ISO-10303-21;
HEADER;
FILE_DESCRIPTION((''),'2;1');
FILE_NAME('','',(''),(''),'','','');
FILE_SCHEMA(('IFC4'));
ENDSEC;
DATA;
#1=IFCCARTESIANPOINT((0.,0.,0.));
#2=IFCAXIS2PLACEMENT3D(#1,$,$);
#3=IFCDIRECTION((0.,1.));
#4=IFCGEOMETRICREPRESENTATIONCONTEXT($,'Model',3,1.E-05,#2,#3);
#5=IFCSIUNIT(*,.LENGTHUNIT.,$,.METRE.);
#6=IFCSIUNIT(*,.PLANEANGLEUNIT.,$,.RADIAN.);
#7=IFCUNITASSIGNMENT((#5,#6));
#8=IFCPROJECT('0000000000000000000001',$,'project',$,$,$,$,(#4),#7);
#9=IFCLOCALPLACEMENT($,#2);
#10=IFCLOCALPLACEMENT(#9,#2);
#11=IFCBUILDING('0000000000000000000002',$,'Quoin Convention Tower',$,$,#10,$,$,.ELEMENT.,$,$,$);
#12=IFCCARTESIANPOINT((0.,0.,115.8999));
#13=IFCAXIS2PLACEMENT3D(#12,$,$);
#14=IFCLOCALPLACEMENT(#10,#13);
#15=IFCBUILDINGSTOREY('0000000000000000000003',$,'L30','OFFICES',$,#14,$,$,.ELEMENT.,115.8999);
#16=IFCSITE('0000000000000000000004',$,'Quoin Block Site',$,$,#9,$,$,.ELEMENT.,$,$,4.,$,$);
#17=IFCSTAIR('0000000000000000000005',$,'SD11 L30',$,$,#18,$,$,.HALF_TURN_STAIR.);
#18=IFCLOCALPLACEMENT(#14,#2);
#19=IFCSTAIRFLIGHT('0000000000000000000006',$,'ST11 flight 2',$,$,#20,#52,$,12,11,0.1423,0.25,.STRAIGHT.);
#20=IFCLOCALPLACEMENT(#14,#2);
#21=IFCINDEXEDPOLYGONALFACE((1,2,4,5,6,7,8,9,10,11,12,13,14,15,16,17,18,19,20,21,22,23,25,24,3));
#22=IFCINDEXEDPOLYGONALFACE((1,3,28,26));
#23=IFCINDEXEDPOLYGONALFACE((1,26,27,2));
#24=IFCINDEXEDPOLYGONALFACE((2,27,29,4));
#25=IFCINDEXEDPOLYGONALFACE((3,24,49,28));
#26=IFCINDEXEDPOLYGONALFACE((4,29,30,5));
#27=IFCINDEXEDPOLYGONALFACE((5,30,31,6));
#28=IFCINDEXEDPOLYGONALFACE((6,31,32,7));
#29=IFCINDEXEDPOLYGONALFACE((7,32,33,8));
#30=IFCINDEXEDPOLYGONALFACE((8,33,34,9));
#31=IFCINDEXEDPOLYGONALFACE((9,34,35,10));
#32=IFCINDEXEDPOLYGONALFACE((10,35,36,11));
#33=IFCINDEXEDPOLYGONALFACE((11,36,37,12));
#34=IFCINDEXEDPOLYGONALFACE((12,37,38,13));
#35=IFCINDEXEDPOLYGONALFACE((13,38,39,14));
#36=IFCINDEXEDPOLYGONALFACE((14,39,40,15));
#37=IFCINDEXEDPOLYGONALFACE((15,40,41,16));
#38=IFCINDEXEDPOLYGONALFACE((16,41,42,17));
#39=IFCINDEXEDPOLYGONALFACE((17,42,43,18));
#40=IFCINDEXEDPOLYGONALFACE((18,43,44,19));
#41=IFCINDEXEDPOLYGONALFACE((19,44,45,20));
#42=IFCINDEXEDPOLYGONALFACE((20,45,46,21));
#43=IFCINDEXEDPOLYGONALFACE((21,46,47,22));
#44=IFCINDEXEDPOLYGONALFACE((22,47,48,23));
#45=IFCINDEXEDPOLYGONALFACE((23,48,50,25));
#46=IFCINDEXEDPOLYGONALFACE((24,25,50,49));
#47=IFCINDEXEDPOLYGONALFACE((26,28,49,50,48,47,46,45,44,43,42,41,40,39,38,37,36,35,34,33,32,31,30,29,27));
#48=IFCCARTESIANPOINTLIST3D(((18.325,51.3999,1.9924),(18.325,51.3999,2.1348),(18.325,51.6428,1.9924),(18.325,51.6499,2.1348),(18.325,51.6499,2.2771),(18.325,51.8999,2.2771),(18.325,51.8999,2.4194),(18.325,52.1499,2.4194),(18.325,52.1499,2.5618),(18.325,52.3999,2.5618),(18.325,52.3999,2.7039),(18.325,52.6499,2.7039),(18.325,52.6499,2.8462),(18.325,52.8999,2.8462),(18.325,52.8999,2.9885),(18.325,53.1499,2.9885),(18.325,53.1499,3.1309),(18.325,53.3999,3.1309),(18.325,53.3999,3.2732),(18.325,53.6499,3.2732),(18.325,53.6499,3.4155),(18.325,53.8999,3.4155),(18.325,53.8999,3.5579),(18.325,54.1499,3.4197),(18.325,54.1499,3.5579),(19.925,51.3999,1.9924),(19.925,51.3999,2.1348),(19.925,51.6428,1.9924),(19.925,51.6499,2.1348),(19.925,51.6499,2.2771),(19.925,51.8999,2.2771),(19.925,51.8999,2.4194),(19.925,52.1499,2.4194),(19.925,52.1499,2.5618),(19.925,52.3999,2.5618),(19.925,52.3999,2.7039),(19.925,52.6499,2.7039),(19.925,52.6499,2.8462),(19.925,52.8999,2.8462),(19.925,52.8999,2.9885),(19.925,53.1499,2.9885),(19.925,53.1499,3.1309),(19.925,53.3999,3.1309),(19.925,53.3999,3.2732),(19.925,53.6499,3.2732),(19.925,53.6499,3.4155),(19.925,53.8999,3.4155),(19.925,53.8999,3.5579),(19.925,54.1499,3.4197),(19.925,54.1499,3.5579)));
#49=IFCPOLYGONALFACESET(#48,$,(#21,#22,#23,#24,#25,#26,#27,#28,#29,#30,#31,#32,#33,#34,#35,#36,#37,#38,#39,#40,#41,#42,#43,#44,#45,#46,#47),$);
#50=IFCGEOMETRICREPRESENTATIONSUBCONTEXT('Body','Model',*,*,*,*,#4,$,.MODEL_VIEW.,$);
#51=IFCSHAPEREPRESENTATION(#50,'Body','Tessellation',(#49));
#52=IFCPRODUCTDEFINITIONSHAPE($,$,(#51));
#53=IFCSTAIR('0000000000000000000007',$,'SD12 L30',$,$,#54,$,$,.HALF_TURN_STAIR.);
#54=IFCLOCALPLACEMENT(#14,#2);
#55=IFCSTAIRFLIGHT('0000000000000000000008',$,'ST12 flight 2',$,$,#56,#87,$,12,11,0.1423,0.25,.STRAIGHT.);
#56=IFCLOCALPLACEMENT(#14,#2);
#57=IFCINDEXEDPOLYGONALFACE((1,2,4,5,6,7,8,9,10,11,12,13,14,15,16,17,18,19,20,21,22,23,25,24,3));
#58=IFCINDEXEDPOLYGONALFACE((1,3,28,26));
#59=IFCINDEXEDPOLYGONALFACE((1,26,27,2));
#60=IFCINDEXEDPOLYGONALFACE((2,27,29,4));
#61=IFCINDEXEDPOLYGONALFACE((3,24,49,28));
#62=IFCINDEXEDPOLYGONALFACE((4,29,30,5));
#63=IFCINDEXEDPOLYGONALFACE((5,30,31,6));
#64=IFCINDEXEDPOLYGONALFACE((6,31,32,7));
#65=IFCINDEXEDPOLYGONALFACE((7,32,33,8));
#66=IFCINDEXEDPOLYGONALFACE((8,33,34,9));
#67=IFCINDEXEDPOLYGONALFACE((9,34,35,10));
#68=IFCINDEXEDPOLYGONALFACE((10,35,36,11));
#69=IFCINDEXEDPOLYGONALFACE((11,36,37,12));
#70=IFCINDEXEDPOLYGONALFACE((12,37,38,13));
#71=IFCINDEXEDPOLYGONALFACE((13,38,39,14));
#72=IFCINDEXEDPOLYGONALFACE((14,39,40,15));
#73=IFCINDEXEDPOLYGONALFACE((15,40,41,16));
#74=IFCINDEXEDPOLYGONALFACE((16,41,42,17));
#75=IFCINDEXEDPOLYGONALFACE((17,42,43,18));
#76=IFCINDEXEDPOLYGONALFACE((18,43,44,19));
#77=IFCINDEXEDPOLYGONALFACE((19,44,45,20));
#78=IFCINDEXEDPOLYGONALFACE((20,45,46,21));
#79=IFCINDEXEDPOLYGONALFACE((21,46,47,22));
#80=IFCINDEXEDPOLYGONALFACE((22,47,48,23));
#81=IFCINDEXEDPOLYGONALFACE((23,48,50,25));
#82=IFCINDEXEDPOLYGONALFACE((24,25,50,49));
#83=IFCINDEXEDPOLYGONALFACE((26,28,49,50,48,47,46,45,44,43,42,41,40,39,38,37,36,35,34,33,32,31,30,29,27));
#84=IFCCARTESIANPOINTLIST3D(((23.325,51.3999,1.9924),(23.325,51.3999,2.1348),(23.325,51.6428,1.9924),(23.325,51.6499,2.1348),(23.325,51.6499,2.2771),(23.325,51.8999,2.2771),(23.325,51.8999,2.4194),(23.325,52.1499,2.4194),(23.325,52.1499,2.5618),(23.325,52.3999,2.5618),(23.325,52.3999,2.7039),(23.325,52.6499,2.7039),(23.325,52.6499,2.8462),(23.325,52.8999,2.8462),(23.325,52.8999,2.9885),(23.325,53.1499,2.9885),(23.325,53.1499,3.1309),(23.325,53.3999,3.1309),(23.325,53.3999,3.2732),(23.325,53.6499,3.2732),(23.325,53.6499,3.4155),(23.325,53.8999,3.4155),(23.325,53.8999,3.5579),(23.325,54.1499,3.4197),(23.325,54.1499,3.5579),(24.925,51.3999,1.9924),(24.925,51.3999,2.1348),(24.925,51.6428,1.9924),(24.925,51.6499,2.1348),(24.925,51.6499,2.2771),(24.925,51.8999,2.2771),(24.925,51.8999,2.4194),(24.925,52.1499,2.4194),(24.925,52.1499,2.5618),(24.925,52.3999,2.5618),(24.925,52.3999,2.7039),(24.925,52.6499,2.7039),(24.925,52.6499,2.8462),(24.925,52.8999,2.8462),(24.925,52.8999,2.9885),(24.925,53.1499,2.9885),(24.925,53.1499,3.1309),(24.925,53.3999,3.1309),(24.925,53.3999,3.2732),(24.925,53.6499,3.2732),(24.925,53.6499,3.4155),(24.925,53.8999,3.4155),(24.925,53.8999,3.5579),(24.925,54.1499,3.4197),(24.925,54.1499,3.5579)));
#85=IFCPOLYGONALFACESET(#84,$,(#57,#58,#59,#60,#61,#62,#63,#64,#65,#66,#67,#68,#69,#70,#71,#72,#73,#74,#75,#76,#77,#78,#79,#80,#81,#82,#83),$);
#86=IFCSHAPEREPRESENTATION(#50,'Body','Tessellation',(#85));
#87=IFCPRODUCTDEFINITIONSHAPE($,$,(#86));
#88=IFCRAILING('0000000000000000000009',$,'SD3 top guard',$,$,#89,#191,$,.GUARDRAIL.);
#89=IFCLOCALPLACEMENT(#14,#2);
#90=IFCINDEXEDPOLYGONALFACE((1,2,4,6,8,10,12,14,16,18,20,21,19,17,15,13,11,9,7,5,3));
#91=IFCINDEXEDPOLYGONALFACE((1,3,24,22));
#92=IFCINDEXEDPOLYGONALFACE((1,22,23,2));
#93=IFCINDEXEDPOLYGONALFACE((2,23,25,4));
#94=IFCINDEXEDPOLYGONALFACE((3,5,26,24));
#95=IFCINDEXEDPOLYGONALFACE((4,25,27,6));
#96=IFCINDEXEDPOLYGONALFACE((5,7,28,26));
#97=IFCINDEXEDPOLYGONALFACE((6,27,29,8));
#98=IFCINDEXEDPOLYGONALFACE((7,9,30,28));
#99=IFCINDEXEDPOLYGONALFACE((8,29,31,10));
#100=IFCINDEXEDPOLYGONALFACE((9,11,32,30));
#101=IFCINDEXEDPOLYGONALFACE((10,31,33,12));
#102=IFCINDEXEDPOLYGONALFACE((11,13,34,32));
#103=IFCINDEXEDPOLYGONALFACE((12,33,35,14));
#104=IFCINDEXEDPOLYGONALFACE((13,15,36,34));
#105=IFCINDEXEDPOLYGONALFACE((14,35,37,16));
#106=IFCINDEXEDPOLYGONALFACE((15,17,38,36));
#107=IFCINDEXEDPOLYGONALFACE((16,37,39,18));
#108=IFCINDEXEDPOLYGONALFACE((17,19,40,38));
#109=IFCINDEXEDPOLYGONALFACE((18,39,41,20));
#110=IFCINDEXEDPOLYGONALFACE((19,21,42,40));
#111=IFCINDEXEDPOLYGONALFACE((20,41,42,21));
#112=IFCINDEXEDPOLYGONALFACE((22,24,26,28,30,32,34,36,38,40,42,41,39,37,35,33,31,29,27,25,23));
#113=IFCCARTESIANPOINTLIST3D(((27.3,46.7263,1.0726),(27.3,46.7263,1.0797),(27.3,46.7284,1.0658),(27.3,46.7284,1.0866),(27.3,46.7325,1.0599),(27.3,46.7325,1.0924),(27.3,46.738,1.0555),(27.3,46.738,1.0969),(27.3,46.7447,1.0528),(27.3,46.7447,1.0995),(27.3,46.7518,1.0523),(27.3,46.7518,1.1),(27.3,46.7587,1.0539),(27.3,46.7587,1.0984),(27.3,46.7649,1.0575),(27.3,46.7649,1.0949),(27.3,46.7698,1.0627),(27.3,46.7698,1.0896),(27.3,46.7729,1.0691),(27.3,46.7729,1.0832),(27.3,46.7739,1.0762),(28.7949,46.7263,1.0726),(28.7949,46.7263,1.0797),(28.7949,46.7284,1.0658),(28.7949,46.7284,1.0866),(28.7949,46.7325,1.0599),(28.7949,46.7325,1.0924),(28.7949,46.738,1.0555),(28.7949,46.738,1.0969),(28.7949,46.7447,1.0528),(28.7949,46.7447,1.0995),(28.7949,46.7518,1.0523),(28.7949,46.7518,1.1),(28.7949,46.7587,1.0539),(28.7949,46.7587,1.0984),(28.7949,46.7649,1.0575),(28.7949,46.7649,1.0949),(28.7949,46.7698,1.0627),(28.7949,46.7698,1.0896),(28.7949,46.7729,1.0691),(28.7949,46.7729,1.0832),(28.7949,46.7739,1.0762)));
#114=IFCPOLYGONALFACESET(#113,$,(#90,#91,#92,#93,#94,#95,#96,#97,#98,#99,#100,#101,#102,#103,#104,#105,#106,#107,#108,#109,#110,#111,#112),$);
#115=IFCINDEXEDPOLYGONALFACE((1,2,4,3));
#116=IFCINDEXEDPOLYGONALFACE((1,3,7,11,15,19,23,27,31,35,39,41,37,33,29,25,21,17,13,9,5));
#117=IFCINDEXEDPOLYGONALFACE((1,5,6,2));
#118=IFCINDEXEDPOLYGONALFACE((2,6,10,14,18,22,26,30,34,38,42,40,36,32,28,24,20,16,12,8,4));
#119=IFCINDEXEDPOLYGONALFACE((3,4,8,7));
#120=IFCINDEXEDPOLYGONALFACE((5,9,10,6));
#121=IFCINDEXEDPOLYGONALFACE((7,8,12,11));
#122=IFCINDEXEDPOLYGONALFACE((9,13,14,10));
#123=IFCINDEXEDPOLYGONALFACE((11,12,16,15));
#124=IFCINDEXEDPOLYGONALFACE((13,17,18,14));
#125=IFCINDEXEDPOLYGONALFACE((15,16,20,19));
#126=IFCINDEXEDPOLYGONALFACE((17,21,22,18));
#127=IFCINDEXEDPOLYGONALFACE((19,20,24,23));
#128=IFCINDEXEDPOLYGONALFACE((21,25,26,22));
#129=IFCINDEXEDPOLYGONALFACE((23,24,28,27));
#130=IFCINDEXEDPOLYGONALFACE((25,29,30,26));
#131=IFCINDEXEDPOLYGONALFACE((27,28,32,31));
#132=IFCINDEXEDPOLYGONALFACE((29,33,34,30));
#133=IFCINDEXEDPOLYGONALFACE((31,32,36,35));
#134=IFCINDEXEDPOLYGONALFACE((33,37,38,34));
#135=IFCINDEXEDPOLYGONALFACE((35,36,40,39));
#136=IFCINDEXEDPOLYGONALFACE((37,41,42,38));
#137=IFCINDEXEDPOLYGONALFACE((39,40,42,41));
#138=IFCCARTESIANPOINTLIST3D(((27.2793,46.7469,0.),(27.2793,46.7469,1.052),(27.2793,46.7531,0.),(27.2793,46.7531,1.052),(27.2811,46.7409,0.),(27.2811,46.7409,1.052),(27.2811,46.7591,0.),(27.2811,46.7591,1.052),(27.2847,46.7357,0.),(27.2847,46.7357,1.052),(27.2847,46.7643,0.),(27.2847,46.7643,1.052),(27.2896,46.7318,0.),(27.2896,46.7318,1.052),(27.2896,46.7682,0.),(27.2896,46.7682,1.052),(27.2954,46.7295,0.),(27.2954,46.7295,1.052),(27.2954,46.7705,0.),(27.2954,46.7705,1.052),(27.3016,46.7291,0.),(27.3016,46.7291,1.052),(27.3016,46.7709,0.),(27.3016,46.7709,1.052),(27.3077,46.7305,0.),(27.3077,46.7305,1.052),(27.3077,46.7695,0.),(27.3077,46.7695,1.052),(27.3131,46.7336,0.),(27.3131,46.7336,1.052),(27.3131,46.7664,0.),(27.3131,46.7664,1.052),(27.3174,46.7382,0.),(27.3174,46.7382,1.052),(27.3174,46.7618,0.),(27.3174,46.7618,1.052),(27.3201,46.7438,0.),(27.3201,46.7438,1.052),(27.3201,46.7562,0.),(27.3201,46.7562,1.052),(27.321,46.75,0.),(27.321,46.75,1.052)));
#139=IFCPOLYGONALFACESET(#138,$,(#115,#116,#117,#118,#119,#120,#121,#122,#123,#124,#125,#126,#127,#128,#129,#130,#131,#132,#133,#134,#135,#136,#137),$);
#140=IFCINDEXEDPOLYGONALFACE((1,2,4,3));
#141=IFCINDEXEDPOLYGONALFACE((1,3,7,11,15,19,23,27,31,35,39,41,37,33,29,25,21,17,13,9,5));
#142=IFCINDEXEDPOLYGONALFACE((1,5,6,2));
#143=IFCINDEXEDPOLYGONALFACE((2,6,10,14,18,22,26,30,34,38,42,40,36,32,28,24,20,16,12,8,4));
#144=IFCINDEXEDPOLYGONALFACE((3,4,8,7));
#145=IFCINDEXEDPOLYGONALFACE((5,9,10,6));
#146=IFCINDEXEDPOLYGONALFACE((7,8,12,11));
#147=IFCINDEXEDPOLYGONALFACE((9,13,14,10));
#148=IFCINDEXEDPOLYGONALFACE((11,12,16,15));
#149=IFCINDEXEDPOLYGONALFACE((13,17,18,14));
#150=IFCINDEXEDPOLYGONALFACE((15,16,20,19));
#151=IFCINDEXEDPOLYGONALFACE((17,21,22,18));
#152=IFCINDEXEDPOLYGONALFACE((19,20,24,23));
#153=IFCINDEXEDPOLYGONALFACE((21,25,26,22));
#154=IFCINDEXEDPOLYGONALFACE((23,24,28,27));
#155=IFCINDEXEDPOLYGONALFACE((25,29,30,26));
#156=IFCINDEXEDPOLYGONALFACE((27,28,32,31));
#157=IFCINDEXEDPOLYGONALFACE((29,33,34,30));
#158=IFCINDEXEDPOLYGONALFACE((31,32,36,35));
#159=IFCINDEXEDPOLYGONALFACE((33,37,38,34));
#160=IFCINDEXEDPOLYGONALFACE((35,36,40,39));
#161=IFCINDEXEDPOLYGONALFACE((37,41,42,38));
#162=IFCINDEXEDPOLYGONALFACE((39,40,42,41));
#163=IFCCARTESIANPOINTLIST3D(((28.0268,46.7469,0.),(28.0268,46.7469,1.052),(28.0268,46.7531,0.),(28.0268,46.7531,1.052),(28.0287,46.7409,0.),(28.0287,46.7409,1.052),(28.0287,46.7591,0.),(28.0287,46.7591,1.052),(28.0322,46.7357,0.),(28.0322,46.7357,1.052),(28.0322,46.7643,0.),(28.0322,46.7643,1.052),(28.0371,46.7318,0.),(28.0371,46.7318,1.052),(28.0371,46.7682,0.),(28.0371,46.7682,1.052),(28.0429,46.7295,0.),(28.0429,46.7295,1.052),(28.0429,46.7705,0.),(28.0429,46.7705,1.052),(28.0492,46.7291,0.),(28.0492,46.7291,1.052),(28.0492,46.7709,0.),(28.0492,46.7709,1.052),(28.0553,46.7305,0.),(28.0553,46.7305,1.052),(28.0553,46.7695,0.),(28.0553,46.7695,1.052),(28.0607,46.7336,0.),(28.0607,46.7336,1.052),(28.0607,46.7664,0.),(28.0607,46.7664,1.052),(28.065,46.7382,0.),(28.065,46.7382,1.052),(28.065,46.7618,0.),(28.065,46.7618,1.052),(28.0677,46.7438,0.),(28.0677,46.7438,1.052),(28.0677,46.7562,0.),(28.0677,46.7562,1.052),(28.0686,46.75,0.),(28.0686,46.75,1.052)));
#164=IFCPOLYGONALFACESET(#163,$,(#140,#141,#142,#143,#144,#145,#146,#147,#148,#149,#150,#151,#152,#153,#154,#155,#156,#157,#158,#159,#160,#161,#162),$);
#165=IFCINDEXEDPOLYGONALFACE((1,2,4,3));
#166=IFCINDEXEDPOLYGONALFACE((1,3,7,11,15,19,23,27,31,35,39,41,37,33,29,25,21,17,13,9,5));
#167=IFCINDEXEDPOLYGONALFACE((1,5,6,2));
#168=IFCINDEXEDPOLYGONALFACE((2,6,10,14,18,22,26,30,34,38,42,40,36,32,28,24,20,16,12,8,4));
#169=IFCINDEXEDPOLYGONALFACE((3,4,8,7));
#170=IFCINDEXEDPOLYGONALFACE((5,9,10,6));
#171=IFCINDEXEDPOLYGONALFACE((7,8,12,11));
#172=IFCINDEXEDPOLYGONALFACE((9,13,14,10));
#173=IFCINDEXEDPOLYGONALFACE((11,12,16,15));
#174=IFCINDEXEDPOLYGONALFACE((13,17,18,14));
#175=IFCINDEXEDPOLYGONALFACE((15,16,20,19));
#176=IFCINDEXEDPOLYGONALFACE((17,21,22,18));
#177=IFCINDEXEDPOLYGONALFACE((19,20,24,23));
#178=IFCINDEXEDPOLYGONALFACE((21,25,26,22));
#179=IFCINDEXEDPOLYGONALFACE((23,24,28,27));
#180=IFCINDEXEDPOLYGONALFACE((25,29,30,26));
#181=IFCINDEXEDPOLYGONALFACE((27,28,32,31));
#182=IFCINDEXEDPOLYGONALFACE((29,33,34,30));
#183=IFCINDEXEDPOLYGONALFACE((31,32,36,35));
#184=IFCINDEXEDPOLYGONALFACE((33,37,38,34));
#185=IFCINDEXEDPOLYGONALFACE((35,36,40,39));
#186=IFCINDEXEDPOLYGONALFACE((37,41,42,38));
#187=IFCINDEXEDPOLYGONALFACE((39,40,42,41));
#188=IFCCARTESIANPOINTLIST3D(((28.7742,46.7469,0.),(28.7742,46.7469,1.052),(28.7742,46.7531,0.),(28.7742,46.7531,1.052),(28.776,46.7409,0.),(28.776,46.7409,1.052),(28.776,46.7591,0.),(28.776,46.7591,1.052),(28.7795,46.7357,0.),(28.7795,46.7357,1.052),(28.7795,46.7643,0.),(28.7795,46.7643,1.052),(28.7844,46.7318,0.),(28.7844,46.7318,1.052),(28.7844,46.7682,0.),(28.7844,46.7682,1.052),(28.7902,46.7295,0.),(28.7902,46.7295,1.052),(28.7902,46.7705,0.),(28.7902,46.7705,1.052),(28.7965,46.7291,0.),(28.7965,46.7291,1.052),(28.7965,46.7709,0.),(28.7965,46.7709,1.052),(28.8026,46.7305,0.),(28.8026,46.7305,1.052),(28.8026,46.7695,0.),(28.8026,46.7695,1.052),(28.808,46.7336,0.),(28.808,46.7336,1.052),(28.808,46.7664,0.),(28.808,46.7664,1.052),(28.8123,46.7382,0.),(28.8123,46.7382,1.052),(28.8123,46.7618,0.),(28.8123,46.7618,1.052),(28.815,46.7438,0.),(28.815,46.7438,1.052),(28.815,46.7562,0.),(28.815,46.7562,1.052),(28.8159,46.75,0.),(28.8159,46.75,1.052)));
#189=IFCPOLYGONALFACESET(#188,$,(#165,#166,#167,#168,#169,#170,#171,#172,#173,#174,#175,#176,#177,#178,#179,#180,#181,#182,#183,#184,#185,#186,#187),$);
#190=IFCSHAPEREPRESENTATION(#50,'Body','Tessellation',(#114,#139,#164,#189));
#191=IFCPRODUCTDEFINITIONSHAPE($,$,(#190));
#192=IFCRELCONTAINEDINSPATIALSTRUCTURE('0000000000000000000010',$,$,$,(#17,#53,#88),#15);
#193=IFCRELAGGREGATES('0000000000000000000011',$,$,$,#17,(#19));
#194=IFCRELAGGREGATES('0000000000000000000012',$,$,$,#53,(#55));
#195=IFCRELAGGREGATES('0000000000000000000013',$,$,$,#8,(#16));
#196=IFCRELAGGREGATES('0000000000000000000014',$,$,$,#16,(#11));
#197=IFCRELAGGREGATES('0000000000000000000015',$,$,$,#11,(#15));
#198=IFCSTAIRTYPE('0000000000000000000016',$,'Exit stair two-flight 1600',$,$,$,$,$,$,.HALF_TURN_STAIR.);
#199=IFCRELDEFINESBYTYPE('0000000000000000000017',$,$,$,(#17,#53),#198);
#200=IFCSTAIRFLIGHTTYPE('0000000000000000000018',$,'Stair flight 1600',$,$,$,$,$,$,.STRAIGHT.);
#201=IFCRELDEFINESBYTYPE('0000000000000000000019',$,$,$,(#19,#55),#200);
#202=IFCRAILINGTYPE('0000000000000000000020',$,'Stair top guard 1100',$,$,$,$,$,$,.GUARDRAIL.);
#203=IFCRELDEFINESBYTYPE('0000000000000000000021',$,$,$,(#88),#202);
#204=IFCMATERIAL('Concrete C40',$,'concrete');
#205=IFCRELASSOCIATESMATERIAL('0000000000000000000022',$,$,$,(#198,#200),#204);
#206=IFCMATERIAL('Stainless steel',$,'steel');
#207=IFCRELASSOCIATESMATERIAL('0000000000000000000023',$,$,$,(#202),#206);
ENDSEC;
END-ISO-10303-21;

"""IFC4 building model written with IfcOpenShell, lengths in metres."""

from ifc_helpers import new_model, si_unit, direction, frame, origin, origin_2d, place, context, subcontext, project, spatial, polyline, circle, outline, extrude, material, type_object, element, aggregate, save


model = new_model("IFC4")

# Units and contexts
model_context = context("Model", 3, precision=1e-05, world=origin(), true_north=direction((0.0, 1.0)))
body_context = subcontext(model_context, "Body", "Model", "MODEL_VIEW")
ifc_project = project(units=[si_unit("LENGTHUNIT", "METRE"), si_unit("PLANEANGLEUNIT", "RADIAN")], contexts=[model_context])

# Site, building, storey
site_placement = place(None, origin())
site = spatial("IfcSite", under=ifc_project, at=site_placement, Name="Quoin Block Site", CompositionType="ELEMENT", RefElevation=4.0)
building_placement = place(site_placement, origin())
building = spatial("IfcBuilding", under=site, at=building_placement, Name="Quoin Convention Tower", CompositionType="ELEMENT")
storey_placement = place(building_placement, frame((0.0, 0.0, 115.8999)))
storey = spatial("IfcBuildingStorey", under=building, at=storey_placement, Name="L30", Description="OFFICES", CompositionType="ELEMENT", Elevation=115.8999)

# Shared definitions
ifc_material_1 = material(Name="Concrete C40", Category="concrete")

# Stairs, stair flights
stair_type_1 = type_object("IfcStairType", Name="Exit stair two-flight 1600", PredefinedType="HALF_TURN_STAIR", material=ifc_material_1)
stair_1_placement = place(storey_placement, origin())
stair_1 = element("IfcStair", 1, at=stair_1_placement, inside=storey, type_object=stair_type_1, Name="SD11 L30", PredefinedType="HALF_TURN_STAIR")
stair_flight_type_1 = type_object("IfcStairFlightType", Name="Stair flight 1600", PredefinedType="STRAIGHT", material=ifc_material_1)
stair_flight_1_placement = place(storey_placement, frame((19.125, 51.3999, 1.9924), z_axis=(0.0, 0.0, 1.0), x_axis=(0.0, 1.0, 0.0)))
stair_flight_1 = element("IfcStairFlight", 2, at=stair_flight_1_placement, type_object=stair_flight_type_1, Name="ST11 flight 2", NumberOfRisers=12, NumberOfTreads=11, PredefinedType="STRAIGHT", RiserHeight=0.1423, TreadLength=0.25, context=body_context, shape_type="SweptSolid", body=[
    extrude(outline(polyline([(0.0, 0.0), (0.0, 0.1423), (0.25, 0.1423), (0.25, 0.2847), (0.5, 0.2847), (0.5, 0.427), (0.75, 0.427), (0.75, 0.5693), (1.0, 0.5693), (1.0, 0.7114), (1.25, 0.7114), (1.25, 0.8538), (1.5, 0.8538), (1.5, 0.9961), (1.75, 0.9961), (1.75, 1.1384), (2.0, 1.1384), (2.0, 1.2808), (2.25, 1.2808), (2.25, 1.4231), (2.5, 1.4231), (2.5, 1.5654), (2.75, 1.5654), (2.75, 1.7078), (2.75, 1.4272), (0.2429, 0.0), (0.0, 0.0)])), frame((0.0, 0.8, 0.0), z_axis=(0.0, -1.0, 0.0), x_axis=(1.0, 0.0, 0.0)), (0.0, 0.0, 1.0), 1.6001),
])
aggregate(stair_1, [stair_flight_1])
stair_2_placement = place(storey_placement, origin())
stair_2 = element("IfcStair", 3, at=stair_2_placement, inside=storey, type_object=stair_type_1, Name="SD12 L30", PredefinedType="HALF_TURN_STAIR")
stair_flight_2_placement = place(storey_placement, frame((24.125, 51.3999, 1.9924), z_axis=(0.0, 0.0, 1.0), x_axis=(0.0, 1.0, 0.0)))
stair_flight_2 = element("IfcStairFlight", 4, at=stair_flight_2_placement, type_object=stair_flight_type_1, Name="ST12 flight 2", NumberOfRisers=12, NumberOfTreads=11, PredefinedType="STRAIGHT", RiserHeight=0.1423, TreadLength=0.25, context=body_context, shape_type="SweptSolid", body=[
    extrude(outline(polyline([(0.0, 0.0), (0.0, 0.1423), (0.25, 0.1423), (0.25, 0.2847), (0.5, 0.2847), (0.5, 0.427), (0.75, 0.427), (0.75, 0.5693), (1.0, 0.5693), (1.0, 0.7114), (1.25, 0.7114), (1.25, 0.8538), (1.5, 0.8538), (1.5, 0.9961), (1.75, 0.9961), (1.75, 1.1384), (2.0, 1.1384), (2.0, 1.2808), (2.25, 1.2808), (2.25, 1.4231), (2.5, 1.4231), (2.5, 1.5654), (2.75, 1.5654), (2.75, 1.7078), (2.75, 1.4272), (0.2429, 0.0), (0.0, 0.0)])), frame((0.0, 0.8, 0.0), z_axis=(0.0, -1.0, 0.0), x_axis=(1.0, 0.0, 0.0)), (0.0, 0.0, 1.0), 1.6001),
])
aggregate(stair_2, [stair_flight_2])

# Railing
ifc_material_2 = material(Name="Stainless steel", Category="steel")
railing_type_1 = type_object("IfcRailingType", Name="Stair top guard 1100", PredefinedType="GUARDRAIL", material=ifc_material_2)
railing_1_placement = place(storey_placement, frame((27.3, 46.75, 0.0)))
element("IfcRailing", 5, at=railing_1_placement, inside=storey, type_object=railing_type_1, Name="SD3 top guard", PredefinedType="GUARDRAIL", context=body_context, shape_type="SweptSolid", body=[
    extrude(circle(Radius=0.0239, at=origin_2d()), frame((0.0, 0.0, 1.0762), z_axis=(1.0, 0.0, 0.0), x_axis=(0.0, 1.0, 0.0)), (0.0, 0.0, 1.0), 1.4949),
    extrude(circle(Radius=0.021, at=origin_2d()), origin(), (0.0, 0.0, 1.0), 1.052),
    extrude(circle(Radius=0.021, at=origin_2d()), frame((0.7476, 0.0, 0.0)), (0.0, 0.0, 1.0), 1.052),
    extrude(circle(Radius=0.021, at=origin_2d()), frame((1.4949, 0.0, 0.0)), (0.0, 0.0, 1.0), 1.052),
])

save(model, "model.ifc")
